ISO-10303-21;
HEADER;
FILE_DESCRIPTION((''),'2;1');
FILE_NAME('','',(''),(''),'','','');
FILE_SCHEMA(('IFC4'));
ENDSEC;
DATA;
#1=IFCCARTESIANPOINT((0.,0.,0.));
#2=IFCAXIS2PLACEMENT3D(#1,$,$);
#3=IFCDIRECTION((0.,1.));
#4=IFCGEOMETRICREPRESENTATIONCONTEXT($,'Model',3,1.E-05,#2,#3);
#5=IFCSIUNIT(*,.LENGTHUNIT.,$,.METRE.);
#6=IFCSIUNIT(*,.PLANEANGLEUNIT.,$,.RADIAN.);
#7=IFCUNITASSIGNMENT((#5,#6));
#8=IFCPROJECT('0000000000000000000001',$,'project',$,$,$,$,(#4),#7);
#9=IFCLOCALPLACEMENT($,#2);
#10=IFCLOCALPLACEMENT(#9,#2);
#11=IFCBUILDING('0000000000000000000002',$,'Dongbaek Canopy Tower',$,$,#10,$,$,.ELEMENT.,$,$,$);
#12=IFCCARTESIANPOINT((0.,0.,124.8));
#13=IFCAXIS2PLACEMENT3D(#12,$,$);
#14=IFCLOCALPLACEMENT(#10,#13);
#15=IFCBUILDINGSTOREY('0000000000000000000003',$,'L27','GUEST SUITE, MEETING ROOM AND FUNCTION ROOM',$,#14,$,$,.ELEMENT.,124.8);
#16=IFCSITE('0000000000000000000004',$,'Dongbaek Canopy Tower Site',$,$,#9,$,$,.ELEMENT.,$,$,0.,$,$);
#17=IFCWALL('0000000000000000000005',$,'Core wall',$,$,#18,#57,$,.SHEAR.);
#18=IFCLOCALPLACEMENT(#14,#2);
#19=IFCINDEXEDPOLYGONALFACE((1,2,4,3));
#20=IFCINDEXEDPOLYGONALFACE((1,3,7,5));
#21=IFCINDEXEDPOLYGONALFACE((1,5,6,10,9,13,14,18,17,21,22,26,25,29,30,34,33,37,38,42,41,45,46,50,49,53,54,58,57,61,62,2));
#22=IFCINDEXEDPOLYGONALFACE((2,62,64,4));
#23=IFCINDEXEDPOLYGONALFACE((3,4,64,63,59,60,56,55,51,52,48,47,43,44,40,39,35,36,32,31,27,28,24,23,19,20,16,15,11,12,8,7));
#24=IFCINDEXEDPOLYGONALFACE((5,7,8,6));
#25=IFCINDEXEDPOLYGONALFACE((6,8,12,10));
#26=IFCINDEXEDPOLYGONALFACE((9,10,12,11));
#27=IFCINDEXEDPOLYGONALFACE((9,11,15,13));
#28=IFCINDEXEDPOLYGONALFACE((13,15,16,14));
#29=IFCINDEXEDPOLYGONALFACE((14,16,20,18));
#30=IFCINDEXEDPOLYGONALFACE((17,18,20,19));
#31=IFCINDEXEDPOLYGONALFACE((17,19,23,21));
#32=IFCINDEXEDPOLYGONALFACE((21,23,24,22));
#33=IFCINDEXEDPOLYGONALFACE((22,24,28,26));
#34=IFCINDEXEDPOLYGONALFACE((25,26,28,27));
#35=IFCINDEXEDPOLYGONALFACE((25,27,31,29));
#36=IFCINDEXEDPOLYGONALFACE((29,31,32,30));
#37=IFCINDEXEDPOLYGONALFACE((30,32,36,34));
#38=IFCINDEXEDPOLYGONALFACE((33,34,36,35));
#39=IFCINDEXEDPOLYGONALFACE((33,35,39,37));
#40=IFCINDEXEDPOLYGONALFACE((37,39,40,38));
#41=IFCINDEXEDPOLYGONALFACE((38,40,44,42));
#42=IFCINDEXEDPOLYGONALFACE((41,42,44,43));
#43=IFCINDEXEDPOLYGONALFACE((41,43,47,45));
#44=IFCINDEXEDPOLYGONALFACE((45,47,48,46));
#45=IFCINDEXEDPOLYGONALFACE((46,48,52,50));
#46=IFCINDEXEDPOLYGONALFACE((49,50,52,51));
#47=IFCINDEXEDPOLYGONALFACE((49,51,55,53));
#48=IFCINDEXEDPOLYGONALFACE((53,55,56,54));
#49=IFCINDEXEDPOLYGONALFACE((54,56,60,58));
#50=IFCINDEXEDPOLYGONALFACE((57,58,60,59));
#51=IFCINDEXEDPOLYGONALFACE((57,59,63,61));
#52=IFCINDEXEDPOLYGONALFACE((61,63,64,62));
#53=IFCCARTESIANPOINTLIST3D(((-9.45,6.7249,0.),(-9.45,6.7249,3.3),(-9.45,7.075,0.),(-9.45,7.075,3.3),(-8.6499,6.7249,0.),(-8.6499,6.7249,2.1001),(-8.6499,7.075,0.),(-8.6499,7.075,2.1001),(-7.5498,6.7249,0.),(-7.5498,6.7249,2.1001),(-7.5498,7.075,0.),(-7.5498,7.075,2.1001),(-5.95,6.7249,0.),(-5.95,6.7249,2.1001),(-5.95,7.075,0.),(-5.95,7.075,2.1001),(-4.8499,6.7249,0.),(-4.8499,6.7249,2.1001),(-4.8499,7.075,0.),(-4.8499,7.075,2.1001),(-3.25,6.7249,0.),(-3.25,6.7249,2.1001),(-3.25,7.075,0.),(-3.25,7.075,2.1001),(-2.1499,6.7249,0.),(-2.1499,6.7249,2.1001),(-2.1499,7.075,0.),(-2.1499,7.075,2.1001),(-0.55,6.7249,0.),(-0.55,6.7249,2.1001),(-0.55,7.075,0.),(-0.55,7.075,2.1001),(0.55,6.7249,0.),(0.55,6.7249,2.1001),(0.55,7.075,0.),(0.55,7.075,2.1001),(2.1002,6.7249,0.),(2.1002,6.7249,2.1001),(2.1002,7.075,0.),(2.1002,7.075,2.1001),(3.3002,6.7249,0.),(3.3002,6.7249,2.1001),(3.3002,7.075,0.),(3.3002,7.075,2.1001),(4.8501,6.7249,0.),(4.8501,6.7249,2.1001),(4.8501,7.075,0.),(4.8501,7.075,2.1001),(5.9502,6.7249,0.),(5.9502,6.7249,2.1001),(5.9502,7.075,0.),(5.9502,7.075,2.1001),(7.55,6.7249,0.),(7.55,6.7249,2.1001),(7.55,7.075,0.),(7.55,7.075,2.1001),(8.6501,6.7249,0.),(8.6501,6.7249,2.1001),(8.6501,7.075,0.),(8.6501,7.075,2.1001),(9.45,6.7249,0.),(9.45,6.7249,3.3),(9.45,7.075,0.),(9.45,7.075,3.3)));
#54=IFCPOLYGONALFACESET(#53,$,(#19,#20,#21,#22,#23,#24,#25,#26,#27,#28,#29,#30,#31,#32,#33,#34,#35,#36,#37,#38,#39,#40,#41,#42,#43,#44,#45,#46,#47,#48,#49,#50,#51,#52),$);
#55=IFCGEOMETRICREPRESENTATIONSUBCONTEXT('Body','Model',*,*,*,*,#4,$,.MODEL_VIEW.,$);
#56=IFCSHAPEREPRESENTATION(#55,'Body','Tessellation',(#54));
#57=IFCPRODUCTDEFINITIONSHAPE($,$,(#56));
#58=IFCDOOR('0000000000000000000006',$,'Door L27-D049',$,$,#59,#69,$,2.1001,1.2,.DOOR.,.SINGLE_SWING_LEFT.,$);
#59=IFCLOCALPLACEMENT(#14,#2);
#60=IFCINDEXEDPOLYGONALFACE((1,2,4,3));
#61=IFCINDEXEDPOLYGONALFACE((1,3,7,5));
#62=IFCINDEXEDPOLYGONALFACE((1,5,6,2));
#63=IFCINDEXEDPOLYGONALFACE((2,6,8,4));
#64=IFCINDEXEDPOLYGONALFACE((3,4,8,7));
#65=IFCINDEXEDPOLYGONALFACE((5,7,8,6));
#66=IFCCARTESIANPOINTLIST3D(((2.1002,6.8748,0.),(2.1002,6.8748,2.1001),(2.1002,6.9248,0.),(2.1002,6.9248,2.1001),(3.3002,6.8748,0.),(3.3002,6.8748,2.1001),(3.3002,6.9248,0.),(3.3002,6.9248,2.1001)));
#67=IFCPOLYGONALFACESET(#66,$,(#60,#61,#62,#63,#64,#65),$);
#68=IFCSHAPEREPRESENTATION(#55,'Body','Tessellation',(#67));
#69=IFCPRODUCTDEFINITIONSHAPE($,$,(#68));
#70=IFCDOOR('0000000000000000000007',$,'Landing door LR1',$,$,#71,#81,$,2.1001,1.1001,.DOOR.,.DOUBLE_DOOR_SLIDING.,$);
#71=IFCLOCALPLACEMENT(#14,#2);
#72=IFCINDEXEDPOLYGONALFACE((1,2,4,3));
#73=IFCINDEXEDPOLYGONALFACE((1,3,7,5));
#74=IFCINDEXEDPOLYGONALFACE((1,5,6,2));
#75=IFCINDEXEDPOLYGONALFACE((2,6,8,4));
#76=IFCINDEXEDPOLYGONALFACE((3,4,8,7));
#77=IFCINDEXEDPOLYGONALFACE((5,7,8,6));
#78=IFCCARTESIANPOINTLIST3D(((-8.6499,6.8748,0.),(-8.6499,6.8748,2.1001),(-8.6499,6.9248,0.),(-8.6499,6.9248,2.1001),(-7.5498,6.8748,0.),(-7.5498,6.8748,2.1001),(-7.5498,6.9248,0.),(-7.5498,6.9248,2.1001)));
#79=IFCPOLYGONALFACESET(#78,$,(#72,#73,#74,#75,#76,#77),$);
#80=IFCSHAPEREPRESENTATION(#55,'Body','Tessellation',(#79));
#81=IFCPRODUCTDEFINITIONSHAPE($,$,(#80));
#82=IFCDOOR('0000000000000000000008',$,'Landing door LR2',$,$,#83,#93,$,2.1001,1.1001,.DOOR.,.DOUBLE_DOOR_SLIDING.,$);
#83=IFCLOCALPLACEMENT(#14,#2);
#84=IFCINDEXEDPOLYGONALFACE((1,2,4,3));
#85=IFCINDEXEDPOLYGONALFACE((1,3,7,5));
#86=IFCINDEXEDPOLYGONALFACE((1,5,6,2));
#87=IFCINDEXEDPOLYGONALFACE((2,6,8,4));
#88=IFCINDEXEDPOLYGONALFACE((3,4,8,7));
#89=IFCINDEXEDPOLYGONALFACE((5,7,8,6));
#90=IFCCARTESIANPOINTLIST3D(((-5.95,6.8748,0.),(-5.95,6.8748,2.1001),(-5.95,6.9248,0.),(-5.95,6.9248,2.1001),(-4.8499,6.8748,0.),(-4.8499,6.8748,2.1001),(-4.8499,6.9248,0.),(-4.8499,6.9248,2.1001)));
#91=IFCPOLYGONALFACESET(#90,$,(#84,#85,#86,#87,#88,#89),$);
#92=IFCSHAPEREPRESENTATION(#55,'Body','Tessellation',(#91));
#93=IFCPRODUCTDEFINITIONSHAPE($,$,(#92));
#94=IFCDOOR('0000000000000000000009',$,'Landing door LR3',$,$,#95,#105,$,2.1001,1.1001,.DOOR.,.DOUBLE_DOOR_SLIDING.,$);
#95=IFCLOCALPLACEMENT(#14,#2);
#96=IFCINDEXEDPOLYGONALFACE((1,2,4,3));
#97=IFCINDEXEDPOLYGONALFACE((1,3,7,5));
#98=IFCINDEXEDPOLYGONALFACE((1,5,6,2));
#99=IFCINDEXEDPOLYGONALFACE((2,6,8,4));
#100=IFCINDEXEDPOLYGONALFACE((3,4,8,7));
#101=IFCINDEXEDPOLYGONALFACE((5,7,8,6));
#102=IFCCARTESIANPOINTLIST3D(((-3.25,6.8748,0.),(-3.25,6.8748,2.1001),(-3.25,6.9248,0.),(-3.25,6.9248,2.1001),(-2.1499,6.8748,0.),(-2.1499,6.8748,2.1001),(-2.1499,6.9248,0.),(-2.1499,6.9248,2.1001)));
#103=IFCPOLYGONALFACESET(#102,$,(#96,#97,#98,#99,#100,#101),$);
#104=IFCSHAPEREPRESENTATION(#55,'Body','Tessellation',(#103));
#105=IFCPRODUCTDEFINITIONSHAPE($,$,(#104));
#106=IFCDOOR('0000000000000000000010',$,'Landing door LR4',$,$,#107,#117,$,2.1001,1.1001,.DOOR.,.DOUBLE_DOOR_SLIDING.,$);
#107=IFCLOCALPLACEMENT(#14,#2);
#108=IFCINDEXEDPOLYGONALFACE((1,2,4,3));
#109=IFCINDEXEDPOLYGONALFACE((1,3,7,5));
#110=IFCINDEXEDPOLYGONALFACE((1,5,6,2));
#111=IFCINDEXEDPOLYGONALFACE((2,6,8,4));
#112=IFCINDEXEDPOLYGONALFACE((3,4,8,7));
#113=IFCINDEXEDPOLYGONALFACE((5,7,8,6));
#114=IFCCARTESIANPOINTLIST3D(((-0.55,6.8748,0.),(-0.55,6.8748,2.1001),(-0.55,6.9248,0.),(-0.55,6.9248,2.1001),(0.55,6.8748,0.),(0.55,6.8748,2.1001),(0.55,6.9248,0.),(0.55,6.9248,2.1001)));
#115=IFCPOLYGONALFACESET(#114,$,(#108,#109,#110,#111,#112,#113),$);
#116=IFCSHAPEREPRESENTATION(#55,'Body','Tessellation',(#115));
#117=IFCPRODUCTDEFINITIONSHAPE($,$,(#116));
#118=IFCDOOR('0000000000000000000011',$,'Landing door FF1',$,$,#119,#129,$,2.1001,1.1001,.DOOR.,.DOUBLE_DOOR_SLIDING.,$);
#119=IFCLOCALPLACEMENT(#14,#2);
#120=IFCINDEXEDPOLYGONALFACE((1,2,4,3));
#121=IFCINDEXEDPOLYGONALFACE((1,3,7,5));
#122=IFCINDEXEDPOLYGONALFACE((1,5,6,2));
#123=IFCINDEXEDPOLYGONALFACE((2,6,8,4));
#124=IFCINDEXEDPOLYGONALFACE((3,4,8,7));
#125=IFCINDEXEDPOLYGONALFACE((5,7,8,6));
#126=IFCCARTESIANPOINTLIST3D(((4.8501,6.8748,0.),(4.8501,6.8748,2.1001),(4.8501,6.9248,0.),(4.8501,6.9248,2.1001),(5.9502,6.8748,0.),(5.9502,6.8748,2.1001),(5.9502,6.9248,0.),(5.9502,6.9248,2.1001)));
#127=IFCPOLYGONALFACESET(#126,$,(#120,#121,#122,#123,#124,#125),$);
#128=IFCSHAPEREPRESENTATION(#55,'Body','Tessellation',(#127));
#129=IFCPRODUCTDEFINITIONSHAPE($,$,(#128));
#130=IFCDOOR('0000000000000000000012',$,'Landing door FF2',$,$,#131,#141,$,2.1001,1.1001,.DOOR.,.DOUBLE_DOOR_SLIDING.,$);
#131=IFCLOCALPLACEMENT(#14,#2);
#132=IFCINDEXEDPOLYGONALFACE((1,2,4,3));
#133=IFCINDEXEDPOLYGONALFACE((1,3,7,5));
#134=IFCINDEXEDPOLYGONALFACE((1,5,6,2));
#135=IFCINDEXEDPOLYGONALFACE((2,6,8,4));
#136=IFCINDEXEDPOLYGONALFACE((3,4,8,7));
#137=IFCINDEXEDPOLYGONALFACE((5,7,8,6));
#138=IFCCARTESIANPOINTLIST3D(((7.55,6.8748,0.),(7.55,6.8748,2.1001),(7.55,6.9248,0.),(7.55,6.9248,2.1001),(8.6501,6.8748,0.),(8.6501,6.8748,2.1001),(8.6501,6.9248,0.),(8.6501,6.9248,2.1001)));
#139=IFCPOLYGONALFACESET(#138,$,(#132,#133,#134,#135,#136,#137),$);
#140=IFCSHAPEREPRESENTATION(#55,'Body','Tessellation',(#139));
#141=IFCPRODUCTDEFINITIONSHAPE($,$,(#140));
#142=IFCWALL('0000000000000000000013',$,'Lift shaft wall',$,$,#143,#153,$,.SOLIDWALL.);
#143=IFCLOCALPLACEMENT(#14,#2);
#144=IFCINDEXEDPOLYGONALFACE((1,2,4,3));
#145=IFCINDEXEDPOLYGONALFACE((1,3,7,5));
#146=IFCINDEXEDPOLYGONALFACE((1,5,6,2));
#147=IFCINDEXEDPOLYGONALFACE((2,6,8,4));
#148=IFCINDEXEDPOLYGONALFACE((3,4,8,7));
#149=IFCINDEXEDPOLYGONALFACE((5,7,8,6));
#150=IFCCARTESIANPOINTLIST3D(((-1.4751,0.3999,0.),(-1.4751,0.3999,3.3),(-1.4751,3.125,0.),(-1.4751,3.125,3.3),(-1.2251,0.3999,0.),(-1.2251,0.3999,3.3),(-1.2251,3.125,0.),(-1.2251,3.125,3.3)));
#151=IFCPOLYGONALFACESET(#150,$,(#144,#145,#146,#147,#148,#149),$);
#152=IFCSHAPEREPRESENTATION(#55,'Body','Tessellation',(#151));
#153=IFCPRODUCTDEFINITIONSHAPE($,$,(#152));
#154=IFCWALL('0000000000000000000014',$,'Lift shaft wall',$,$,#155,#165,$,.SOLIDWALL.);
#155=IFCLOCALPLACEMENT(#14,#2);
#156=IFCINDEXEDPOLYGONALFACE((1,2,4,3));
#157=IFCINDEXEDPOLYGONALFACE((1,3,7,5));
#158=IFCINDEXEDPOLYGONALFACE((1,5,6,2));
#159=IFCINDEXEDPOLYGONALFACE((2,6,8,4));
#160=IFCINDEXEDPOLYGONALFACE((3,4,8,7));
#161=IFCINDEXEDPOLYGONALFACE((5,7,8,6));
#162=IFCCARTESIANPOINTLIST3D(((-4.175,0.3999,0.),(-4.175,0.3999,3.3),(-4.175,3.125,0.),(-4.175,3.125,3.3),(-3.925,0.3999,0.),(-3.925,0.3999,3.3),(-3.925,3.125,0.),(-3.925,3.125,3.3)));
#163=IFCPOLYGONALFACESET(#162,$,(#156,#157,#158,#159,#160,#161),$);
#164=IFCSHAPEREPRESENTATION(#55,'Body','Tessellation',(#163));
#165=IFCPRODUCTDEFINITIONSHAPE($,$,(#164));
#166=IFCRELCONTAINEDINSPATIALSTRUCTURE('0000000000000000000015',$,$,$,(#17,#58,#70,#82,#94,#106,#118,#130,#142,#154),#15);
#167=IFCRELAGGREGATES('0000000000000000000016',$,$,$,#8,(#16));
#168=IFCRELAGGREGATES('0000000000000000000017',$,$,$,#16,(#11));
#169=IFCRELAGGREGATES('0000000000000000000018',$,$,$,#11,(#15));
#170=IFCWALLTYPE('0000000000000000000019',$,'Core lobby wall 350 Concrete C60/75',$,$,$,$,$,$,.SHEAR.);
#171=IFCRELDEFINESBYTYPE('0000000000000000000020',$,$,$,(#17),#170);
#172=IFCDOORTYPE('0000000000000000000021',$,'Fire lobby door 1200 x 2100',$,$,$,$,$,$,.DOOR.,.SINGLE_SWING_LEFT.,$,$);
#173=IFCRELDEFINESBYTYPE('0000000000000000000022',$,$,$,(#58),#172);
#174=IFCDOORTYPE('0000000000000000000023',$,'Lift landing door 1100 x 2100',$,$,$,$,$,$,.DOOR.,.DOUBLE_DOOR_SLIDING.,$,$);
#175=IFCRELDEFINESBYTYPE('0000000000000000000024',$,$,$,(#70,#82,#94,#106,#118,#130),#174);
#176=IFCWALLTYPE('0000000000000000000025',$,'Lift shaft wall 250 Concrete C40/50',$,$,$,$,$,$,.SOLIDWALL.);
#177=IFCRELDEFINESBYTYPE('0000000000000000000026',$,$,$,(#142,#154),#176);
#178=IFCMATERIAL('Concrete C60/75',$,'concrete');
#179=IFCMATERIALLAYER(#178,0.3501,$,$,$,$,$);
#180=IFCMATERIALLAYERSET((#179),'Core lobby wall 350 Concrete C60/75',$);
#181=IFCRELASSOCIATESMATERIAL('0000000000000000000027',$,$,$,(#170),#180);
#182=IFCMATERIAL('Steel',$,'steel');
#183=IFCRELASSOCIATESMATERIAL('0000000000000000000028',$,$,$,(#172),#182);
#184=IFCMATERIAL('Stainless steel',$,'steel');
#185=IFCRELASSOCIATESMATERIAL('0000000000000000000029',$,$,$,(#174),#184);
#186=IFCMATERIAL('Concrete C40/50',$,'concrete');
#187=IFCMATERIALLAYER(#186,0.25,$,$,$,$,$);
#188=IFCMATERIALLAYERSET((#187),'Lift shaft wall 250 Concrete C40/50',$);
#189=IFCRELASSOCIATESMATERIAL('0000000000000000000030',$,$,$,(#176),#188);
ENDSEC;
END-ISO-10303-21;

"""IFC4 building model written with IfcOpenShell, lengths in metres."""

from ifc_helpers import new_model, si_unit, direction, frame, frame_2d, origin, place, context, subcontext, project, spatial, rectangle, extrude, material, layer, layer_set, type_object, element, fill, save


model = new_model("IFC4")

# Units and contexts
model_context = context("Model", 3, precision=1e-05, world=origin(), true_north=direction((0.0, 1.0)))
body_context = subcontext(model_context, "Body", "Model", "MODEL_VIEW")
ifc_project = project(units=[si_unit("LENGTHUNIT", "METRE"), si_unit("PLANEANGLEUNIT", "RADIAN")], contexts=[model_context])

# Site, building, storey
site_placement = place(None, origin())
site = spatial("IfcSite", under=ifc_project, at=site_placement, Name="Dongbaek Canopy Tower Site", CompositionType="ELEMENT", RefElevation=0.0)
building_placement = place(site_placement, origin())
building = spatial("IfcBuilding", under=site, at=building_placement, Name="Dongbaek Canopy Tower", CompositionType="ELEMENT")
storey_placement = place(building_placement, frame((0.0, 0.0, 124.8)))
storey = spatial("IfcBuildingStorey", under=building, at=storey_placement, Name="L27", Description="GUEST SUITE, MEETING ROOM AND FUNCTION ROOM", CompositionType="ELEMENT", Elevation=124.8)

# Wall, openings, doors
ifc_material_1 = material(Name="Concrete C60/75", Category="concrete")
ifc_layer_1 = layer(ifc_material_1, 0.3501)
ifc_layer_set_1 = layer_set([ifc_layer_1], Name="Core lobby wall 350 Concrete C60/75")
wall_type_1 = type_object("IfcWallType", Name="Core lobby wall 350 Concrete C60/75", PredefinedType="SHEAR", material=ifc_layer_set_1)
wall_1_placement = place(storey_placement, frame((-9.45, 6.8999, 0.0), z_axis=(0.0, 0.0, 1.0), x_axis=(1.0, 0.0, 0.0)))
wall_1 = element("IfcWall", 1, at=wall_1_placement, inside=storey, type_object=wall_type_1, Name="Core wall", PredefinedType="SHEAR", context=body_context, shape_type="SweptSolid", body=[
    extrude(rectangle(XDim=18.8999, YDim=0.3501, at=frame_2d((9.45, 0.0))), origin(), (0.0, 0.0, 1.0), 3.3),
])
opening_1_placement = place(wall_1_placement, frame((0.8, 0.0, 0.0)))
opening_1 = element("IfcOpeningElement", 2, at=opening_1_placement, cuts=wall_1, PredefinedType="OPENING", context=body_context, shape_type="SweptSolid", body=[
    extrude(rectangle(XDim=1.1001, YDim=2.1001, at=frame_2d((0.55, 1.05))), frame((0.0, 0.1851, 0.0), z_axis=(0.0, -1.0, 0.0), x_axis=(1.0, 0.0, 0.0)), (0.0, 0.0, 1.0), 0.3701),
])
opening_2_placement = place(wall_1_placement, frame((3.5, 0.0, 0.0)))
opening_2 = element("IfcOpeningElement", 3, at=opening_2_placement, cuts=wall_1, PredefinedType="OPENING", context=body_context, shape_type="SweptSolid", body=[
    extrude(rectangle(XDim=1.1001, YDim=2.1001, at=frame_2d((0.55, 1.05))), frame((0.0, 0.1851, 0.0), z_axis=(0.0, -1.0, 0.0), x_axis=(1.0, 0.0, 0.0)), (0.0, 0.0, 1.0), 0.3701),
])
opening_3_placement = place(wall_1_placement, frame((6.2, 0.0, 0.0)))
opening_3 = element("IfcOpeningElement", 4, at=opening_3_placement, cuts=wall_1, PredefinedType="OPENING", context=body_context, shape_type="SweptSolid", body=[
    extrude(rectangle(XDim=1.1001, YDim=2.1001, at=frame_2d((0.55, 1.05))), frame((0.0, 0.1851, 0.0), z_axis=(0.0, -1.0, 0.0), x_axis=(1.0, 0.0, 0.0)), (0.0, 0.0, 1.0), 0.3701),
])
opening_4_placement = place(wall_1_placement, frame((8.8999, 0.0, 0.0)))
opening_4 = element("IfcOpeningElement", 5, at=opening_4_placement, cuts=wall_1, PredefinedType="OPENING", context=body_context, shape_type="SweptSolid", body=[
    extrude(rectangle(XDim=1.1001, YDim=2.1001, at=frame_2d((0.55, 1.05))), frame((0.0, 0.1851, 0.0), z_axis=(0.0, -1.0, 0.0), x_axis=(1.0, 0.0, 0.0)), (0.0, 0.0, 1.0), 0.3701),
])
opening_5_placement = place(wall_1_placement, frame((11.55, 0.0, 0.0)))
opening_5 = element("IfcOpeningElement", 6, at=opening_5_placement, cuts=wall_1, PredefinedType="OPENING", context=body_context, shape_type="SweptSolid", body=[
    extrude(rectangle(XDim=1.2, YDim=2.1001, at=frame_2d((0.6001, 1.05))), frame((0.0, 0.1851, 0.0), z_axis=(0.0, -1.0, 0.0), x_axis=(1.0, 0.0, 0.0)), (0.0, 0.0, 1.0), 0.3701),
])
opening_6_placement = place(wall_1_placement, frame((14.3, 0.0, 0.0)))
opening_6 = element("IfcOpeningElement", 7, at=opening_6_placement, cuts=wall_1, PredefinedType="OPENING", context=body_context, shape_type="SweptSolid", body=[
    extrude(rectangle(XDim=1.1001, YDim=2.1001, at=frame_2d((0.55, 1.05))), frame((0.0, 0.1851, 0.0), z_axis=(0.0, -1.0, 0.0), x_axis=(1.0, 0.0, 0.0)), (0.0, 0.0, 1.0), 0.3701),
])
opening_7_placement = place(wall_1_placement, frame((17.0, 0.0, 0.0)))
opening_7 = element("IfcOpeningElement", 8, at=opening_7_placement, cuts=wall_1, PredefinedType="OPENING", context=body_context, shape_type="SweptSolid", body=[
    extrude(rectangle(XDim=1.1001, YDim=2.1001, at=frame_2d((0.55, 1.05))), frame((0.0, 0.1851, 0.0), z_axis=(0.0, -1.0, 0.0), x_axis=(1.0, 0.0, 0.0)), (0.0, 0.0, 1.0), 0.3701),
])
ifc_material_2 = material(Name="Steel", Category="steel")
door_type_1 = type_object("IfcDoorType", Name="Fire lobby door 1200 x 2100", OperationType="SINGLE_SWING_LEFT", PredefinedType="DOOR", material=ifc_material_2)
door_1_placement = place(opening_5_placement, origin())
door_1 = element("IfcDoor", 9, at=door_1_placement, inside=storey, type_object=door_type_1, Name="Door L27-D049", OperationType="SINGLE_SWING_LEFT", OverallHeight=2.1001, OverallWidth=1.2, PredefinedType="DOOR", context=body_context, shape_type="SweptSolid", body=[
    extrude(rectangle(XDim=1.2, YDim=2.1001, at=frame_2d((0.6001, 1.05))), frame((0.0, 0.0249, 0.0), z_axis=(0.0, -1.0, 0.0), x_axis=(1.0, 0.0, 0.0)), (0.0, 0.0, 1.0), 0.05),
])
fill(opening_5, door_1)
ifc_material_3 = material(Name="Stainless steel", Category="steel")
door_type_2 = type_object("IfcDoorType", Name="Lift landing door 1100 x 2100", OperationType="DOUBLE_DOOR_SLIDING", PredefinedType="DOOR", material=ifc_material_3)
door_2_placement = place(opening_1_placement, origin())
door_2 = element("IfcDoor", 10, at=door_2_placement, inside=storey, type_object=door_type_2, Name="Landing door LR1", OperationType="DOUBLE_DOOR_SLIDING", OverallHeight=2.1001, OverallWidth=1.1001, PredefinedType="DOOR", context=body_context, shape_type="SweptSolid", body=[
    extrude(rectangle(XDim=1.1001, YDim=2.1001, at=frame_2d((0.55, 1.05))), frame((0.0, 0.0249, 0.0), z_axis=(0.0, -1.0, 0.0), x_axis=(1.0, 0.0, 0.0)), (0.0, 0.0, 1.0), 0.05),
])
fill(opening_1, door_2)
door_3_placement = place(opening_2_placement, origin())
door_3 = element("IfcDoor", 11, at=door_3_placement, inside=storey, type_object=door_type_2, Name="Landing door LR2", OperationType="DOUBLE_DOOR_SLIDING", OverallHeight=2.1001, OverallWidth=1.1001, PredefinedType="DOOR", context=body_context, shape_type="SweptSolid", body=[
    extrude(rectangle(XDim=1.1001, YDim=2.1001, at=frame_2d((0.55, 1.05))), frame((0.0, 0.0249, 0.0), z_axis=(0.0, -1.0, 0.0), x_axis=(1.0, 0.0, 0.0)), (0.0, 0.0, 1.0), 0.05),
])
fill(opening_2, door_3)
door_4_placement = place(opening_3_placement, origin())
door_4 = element("IfcDoor", 12, at=door_4_placement, inside=storey, type_object=door_type_2, Name="Landing door LR3", OperationType="DOUBLE_DOOR_SLIDING", OverallHeight=2.1001, OverallWidth=1.1001, PredefinedType="DOOR", context=body_context, shape_type="SweptSolid", body=[
    extrude(rectangle(XDim=1.1001, YDim=2.1001, at=frame_2d((0.55, 1.05))), frame((0.0, 0.0249, 0.0), z_axis=(0.0, -1.0, 0.0), x_axis=(1.0, 0.0, 0.0)), (0.0, 0.0, 1.0), 0.05),
])
fill(opening_3, door_4)
door_5_placement = place(opening_4_placement, origin())
door_5 = element("IfcDoor", 13, at=door_5_placement, inside=storey, type_object=door_type_2, Name="Landing door LR4", OperationType="DOUBLE_DOOR_SLIDING", OverallHeight=2.1001, OverallWidth=1.1001, PredefinedType="DOOR", context=body_context, shape_type="SweptSolid", body=[
    extrude(rectangle(XDim=1.1001, YDim=2.1001, at=frame_2d((0.55, 1.05))), frame((0.0, 0.0249, 0.0), z_axis=(0.0, -1.0, 0.0), x_axis=(1.0, 0.0, 0.0)), (0.0, 0.0, 1.0), 0.05),
])
fill(opening_4, door_5)
door_6_placement = place(opening_6_placement, origin())
door_6 = element("IfcDoor", 14, at=door_6_placement, inside=storey, type_object=door_type_2, Name="Landing door FF1", OperationType="DOUBLE_DOOR_SLIDING", OverallHeight=2.1001, OverallWidth=1.1001, PredefinedType="DOOR", context=body_context, shape_type="SweptSolid", body=[
    extrude(rectangle(XDim=1.1001, YDim=2.1001, at=frame_2d((0.55, 1.05))), frame((0.0, 0.0249, 0.0), z_axis=(0.0, -1.0, 0.0), x_axis=(1.0, 0.0, 0.0)), (0.0, 0.0, 1.0), 0.05),
])
fill(opening_6, door_6)
door_7_placement = place(opening_7_placement, origin())
door_7 = element("IfcDoor", 15, at=door_7_placement, inside=storey, type_object=door_type_2, Name="Landing door FF2", OperationType="DOUBLE_DOOR_SLIDING", OverallHeight=2.1001, OverallWidth=1.1001, PredefinedType="DOOR", context=body_context, shape_type="SweptSolid", body=[
    extrude(rectangle(XDim=1.1001, YDim=2.1001, at=frame_2d((0.55, 1.05))), frame((0.0, 0.0249, 0.0), z_axis=(0.0, -1.0, 0.0), x_axis=(1.0, 0.0, 0.0)), (0.0, 0.0, 1.0), 0.05),
])
fill(opening_7, door_7)

# Walls
ifc_material_4 = material(Name="Concrete C40/50", Category="concrete")
ifc_layer_2 = layer(ifc_material_4, 0.25)
ifc_layer_set_2 = layer_set([ifc_layer_2], Name="Lift shaft wall 250 Concrete C40/50")
wall_type_2 = type_object("IfcWallType", Name="Lift shaft wall 250 Concrete C40/50", PredefinedType="SOLIDWALL", material=ifc_layer_set_2)
for number, where, z_axis, x_axis, name in (
    (16, (-1.3501, 0.3999, 0.0), (0.0, 0.0, 1.0), (0.0, 1.0, 0.0), "Lift shaft wall"),
    (17, (-4.05, 0.3999, 0.0), (0.0, 0.0, 1.0), (0.0, 1.0, 0.0), "Lift shaft wall"),
):
    element("IfcWall", number, at=place(storey_placement, frame(where, z_axis=z_axis, x_axis=x_axis)), inside=storey, type_object=wall_type_2, Name=name, PredefinedType="SOLIDWALL", context=body_context, shape_type="SweptSolid", body=[
        extrude(rectangle(XDim=2.7251, YDim=0.25, at=frame_2d((1.3625, 0.0))), origin(), (0.0, 0.0, 1.0), 3.3),
    ])

save(model, "model.ifc")
